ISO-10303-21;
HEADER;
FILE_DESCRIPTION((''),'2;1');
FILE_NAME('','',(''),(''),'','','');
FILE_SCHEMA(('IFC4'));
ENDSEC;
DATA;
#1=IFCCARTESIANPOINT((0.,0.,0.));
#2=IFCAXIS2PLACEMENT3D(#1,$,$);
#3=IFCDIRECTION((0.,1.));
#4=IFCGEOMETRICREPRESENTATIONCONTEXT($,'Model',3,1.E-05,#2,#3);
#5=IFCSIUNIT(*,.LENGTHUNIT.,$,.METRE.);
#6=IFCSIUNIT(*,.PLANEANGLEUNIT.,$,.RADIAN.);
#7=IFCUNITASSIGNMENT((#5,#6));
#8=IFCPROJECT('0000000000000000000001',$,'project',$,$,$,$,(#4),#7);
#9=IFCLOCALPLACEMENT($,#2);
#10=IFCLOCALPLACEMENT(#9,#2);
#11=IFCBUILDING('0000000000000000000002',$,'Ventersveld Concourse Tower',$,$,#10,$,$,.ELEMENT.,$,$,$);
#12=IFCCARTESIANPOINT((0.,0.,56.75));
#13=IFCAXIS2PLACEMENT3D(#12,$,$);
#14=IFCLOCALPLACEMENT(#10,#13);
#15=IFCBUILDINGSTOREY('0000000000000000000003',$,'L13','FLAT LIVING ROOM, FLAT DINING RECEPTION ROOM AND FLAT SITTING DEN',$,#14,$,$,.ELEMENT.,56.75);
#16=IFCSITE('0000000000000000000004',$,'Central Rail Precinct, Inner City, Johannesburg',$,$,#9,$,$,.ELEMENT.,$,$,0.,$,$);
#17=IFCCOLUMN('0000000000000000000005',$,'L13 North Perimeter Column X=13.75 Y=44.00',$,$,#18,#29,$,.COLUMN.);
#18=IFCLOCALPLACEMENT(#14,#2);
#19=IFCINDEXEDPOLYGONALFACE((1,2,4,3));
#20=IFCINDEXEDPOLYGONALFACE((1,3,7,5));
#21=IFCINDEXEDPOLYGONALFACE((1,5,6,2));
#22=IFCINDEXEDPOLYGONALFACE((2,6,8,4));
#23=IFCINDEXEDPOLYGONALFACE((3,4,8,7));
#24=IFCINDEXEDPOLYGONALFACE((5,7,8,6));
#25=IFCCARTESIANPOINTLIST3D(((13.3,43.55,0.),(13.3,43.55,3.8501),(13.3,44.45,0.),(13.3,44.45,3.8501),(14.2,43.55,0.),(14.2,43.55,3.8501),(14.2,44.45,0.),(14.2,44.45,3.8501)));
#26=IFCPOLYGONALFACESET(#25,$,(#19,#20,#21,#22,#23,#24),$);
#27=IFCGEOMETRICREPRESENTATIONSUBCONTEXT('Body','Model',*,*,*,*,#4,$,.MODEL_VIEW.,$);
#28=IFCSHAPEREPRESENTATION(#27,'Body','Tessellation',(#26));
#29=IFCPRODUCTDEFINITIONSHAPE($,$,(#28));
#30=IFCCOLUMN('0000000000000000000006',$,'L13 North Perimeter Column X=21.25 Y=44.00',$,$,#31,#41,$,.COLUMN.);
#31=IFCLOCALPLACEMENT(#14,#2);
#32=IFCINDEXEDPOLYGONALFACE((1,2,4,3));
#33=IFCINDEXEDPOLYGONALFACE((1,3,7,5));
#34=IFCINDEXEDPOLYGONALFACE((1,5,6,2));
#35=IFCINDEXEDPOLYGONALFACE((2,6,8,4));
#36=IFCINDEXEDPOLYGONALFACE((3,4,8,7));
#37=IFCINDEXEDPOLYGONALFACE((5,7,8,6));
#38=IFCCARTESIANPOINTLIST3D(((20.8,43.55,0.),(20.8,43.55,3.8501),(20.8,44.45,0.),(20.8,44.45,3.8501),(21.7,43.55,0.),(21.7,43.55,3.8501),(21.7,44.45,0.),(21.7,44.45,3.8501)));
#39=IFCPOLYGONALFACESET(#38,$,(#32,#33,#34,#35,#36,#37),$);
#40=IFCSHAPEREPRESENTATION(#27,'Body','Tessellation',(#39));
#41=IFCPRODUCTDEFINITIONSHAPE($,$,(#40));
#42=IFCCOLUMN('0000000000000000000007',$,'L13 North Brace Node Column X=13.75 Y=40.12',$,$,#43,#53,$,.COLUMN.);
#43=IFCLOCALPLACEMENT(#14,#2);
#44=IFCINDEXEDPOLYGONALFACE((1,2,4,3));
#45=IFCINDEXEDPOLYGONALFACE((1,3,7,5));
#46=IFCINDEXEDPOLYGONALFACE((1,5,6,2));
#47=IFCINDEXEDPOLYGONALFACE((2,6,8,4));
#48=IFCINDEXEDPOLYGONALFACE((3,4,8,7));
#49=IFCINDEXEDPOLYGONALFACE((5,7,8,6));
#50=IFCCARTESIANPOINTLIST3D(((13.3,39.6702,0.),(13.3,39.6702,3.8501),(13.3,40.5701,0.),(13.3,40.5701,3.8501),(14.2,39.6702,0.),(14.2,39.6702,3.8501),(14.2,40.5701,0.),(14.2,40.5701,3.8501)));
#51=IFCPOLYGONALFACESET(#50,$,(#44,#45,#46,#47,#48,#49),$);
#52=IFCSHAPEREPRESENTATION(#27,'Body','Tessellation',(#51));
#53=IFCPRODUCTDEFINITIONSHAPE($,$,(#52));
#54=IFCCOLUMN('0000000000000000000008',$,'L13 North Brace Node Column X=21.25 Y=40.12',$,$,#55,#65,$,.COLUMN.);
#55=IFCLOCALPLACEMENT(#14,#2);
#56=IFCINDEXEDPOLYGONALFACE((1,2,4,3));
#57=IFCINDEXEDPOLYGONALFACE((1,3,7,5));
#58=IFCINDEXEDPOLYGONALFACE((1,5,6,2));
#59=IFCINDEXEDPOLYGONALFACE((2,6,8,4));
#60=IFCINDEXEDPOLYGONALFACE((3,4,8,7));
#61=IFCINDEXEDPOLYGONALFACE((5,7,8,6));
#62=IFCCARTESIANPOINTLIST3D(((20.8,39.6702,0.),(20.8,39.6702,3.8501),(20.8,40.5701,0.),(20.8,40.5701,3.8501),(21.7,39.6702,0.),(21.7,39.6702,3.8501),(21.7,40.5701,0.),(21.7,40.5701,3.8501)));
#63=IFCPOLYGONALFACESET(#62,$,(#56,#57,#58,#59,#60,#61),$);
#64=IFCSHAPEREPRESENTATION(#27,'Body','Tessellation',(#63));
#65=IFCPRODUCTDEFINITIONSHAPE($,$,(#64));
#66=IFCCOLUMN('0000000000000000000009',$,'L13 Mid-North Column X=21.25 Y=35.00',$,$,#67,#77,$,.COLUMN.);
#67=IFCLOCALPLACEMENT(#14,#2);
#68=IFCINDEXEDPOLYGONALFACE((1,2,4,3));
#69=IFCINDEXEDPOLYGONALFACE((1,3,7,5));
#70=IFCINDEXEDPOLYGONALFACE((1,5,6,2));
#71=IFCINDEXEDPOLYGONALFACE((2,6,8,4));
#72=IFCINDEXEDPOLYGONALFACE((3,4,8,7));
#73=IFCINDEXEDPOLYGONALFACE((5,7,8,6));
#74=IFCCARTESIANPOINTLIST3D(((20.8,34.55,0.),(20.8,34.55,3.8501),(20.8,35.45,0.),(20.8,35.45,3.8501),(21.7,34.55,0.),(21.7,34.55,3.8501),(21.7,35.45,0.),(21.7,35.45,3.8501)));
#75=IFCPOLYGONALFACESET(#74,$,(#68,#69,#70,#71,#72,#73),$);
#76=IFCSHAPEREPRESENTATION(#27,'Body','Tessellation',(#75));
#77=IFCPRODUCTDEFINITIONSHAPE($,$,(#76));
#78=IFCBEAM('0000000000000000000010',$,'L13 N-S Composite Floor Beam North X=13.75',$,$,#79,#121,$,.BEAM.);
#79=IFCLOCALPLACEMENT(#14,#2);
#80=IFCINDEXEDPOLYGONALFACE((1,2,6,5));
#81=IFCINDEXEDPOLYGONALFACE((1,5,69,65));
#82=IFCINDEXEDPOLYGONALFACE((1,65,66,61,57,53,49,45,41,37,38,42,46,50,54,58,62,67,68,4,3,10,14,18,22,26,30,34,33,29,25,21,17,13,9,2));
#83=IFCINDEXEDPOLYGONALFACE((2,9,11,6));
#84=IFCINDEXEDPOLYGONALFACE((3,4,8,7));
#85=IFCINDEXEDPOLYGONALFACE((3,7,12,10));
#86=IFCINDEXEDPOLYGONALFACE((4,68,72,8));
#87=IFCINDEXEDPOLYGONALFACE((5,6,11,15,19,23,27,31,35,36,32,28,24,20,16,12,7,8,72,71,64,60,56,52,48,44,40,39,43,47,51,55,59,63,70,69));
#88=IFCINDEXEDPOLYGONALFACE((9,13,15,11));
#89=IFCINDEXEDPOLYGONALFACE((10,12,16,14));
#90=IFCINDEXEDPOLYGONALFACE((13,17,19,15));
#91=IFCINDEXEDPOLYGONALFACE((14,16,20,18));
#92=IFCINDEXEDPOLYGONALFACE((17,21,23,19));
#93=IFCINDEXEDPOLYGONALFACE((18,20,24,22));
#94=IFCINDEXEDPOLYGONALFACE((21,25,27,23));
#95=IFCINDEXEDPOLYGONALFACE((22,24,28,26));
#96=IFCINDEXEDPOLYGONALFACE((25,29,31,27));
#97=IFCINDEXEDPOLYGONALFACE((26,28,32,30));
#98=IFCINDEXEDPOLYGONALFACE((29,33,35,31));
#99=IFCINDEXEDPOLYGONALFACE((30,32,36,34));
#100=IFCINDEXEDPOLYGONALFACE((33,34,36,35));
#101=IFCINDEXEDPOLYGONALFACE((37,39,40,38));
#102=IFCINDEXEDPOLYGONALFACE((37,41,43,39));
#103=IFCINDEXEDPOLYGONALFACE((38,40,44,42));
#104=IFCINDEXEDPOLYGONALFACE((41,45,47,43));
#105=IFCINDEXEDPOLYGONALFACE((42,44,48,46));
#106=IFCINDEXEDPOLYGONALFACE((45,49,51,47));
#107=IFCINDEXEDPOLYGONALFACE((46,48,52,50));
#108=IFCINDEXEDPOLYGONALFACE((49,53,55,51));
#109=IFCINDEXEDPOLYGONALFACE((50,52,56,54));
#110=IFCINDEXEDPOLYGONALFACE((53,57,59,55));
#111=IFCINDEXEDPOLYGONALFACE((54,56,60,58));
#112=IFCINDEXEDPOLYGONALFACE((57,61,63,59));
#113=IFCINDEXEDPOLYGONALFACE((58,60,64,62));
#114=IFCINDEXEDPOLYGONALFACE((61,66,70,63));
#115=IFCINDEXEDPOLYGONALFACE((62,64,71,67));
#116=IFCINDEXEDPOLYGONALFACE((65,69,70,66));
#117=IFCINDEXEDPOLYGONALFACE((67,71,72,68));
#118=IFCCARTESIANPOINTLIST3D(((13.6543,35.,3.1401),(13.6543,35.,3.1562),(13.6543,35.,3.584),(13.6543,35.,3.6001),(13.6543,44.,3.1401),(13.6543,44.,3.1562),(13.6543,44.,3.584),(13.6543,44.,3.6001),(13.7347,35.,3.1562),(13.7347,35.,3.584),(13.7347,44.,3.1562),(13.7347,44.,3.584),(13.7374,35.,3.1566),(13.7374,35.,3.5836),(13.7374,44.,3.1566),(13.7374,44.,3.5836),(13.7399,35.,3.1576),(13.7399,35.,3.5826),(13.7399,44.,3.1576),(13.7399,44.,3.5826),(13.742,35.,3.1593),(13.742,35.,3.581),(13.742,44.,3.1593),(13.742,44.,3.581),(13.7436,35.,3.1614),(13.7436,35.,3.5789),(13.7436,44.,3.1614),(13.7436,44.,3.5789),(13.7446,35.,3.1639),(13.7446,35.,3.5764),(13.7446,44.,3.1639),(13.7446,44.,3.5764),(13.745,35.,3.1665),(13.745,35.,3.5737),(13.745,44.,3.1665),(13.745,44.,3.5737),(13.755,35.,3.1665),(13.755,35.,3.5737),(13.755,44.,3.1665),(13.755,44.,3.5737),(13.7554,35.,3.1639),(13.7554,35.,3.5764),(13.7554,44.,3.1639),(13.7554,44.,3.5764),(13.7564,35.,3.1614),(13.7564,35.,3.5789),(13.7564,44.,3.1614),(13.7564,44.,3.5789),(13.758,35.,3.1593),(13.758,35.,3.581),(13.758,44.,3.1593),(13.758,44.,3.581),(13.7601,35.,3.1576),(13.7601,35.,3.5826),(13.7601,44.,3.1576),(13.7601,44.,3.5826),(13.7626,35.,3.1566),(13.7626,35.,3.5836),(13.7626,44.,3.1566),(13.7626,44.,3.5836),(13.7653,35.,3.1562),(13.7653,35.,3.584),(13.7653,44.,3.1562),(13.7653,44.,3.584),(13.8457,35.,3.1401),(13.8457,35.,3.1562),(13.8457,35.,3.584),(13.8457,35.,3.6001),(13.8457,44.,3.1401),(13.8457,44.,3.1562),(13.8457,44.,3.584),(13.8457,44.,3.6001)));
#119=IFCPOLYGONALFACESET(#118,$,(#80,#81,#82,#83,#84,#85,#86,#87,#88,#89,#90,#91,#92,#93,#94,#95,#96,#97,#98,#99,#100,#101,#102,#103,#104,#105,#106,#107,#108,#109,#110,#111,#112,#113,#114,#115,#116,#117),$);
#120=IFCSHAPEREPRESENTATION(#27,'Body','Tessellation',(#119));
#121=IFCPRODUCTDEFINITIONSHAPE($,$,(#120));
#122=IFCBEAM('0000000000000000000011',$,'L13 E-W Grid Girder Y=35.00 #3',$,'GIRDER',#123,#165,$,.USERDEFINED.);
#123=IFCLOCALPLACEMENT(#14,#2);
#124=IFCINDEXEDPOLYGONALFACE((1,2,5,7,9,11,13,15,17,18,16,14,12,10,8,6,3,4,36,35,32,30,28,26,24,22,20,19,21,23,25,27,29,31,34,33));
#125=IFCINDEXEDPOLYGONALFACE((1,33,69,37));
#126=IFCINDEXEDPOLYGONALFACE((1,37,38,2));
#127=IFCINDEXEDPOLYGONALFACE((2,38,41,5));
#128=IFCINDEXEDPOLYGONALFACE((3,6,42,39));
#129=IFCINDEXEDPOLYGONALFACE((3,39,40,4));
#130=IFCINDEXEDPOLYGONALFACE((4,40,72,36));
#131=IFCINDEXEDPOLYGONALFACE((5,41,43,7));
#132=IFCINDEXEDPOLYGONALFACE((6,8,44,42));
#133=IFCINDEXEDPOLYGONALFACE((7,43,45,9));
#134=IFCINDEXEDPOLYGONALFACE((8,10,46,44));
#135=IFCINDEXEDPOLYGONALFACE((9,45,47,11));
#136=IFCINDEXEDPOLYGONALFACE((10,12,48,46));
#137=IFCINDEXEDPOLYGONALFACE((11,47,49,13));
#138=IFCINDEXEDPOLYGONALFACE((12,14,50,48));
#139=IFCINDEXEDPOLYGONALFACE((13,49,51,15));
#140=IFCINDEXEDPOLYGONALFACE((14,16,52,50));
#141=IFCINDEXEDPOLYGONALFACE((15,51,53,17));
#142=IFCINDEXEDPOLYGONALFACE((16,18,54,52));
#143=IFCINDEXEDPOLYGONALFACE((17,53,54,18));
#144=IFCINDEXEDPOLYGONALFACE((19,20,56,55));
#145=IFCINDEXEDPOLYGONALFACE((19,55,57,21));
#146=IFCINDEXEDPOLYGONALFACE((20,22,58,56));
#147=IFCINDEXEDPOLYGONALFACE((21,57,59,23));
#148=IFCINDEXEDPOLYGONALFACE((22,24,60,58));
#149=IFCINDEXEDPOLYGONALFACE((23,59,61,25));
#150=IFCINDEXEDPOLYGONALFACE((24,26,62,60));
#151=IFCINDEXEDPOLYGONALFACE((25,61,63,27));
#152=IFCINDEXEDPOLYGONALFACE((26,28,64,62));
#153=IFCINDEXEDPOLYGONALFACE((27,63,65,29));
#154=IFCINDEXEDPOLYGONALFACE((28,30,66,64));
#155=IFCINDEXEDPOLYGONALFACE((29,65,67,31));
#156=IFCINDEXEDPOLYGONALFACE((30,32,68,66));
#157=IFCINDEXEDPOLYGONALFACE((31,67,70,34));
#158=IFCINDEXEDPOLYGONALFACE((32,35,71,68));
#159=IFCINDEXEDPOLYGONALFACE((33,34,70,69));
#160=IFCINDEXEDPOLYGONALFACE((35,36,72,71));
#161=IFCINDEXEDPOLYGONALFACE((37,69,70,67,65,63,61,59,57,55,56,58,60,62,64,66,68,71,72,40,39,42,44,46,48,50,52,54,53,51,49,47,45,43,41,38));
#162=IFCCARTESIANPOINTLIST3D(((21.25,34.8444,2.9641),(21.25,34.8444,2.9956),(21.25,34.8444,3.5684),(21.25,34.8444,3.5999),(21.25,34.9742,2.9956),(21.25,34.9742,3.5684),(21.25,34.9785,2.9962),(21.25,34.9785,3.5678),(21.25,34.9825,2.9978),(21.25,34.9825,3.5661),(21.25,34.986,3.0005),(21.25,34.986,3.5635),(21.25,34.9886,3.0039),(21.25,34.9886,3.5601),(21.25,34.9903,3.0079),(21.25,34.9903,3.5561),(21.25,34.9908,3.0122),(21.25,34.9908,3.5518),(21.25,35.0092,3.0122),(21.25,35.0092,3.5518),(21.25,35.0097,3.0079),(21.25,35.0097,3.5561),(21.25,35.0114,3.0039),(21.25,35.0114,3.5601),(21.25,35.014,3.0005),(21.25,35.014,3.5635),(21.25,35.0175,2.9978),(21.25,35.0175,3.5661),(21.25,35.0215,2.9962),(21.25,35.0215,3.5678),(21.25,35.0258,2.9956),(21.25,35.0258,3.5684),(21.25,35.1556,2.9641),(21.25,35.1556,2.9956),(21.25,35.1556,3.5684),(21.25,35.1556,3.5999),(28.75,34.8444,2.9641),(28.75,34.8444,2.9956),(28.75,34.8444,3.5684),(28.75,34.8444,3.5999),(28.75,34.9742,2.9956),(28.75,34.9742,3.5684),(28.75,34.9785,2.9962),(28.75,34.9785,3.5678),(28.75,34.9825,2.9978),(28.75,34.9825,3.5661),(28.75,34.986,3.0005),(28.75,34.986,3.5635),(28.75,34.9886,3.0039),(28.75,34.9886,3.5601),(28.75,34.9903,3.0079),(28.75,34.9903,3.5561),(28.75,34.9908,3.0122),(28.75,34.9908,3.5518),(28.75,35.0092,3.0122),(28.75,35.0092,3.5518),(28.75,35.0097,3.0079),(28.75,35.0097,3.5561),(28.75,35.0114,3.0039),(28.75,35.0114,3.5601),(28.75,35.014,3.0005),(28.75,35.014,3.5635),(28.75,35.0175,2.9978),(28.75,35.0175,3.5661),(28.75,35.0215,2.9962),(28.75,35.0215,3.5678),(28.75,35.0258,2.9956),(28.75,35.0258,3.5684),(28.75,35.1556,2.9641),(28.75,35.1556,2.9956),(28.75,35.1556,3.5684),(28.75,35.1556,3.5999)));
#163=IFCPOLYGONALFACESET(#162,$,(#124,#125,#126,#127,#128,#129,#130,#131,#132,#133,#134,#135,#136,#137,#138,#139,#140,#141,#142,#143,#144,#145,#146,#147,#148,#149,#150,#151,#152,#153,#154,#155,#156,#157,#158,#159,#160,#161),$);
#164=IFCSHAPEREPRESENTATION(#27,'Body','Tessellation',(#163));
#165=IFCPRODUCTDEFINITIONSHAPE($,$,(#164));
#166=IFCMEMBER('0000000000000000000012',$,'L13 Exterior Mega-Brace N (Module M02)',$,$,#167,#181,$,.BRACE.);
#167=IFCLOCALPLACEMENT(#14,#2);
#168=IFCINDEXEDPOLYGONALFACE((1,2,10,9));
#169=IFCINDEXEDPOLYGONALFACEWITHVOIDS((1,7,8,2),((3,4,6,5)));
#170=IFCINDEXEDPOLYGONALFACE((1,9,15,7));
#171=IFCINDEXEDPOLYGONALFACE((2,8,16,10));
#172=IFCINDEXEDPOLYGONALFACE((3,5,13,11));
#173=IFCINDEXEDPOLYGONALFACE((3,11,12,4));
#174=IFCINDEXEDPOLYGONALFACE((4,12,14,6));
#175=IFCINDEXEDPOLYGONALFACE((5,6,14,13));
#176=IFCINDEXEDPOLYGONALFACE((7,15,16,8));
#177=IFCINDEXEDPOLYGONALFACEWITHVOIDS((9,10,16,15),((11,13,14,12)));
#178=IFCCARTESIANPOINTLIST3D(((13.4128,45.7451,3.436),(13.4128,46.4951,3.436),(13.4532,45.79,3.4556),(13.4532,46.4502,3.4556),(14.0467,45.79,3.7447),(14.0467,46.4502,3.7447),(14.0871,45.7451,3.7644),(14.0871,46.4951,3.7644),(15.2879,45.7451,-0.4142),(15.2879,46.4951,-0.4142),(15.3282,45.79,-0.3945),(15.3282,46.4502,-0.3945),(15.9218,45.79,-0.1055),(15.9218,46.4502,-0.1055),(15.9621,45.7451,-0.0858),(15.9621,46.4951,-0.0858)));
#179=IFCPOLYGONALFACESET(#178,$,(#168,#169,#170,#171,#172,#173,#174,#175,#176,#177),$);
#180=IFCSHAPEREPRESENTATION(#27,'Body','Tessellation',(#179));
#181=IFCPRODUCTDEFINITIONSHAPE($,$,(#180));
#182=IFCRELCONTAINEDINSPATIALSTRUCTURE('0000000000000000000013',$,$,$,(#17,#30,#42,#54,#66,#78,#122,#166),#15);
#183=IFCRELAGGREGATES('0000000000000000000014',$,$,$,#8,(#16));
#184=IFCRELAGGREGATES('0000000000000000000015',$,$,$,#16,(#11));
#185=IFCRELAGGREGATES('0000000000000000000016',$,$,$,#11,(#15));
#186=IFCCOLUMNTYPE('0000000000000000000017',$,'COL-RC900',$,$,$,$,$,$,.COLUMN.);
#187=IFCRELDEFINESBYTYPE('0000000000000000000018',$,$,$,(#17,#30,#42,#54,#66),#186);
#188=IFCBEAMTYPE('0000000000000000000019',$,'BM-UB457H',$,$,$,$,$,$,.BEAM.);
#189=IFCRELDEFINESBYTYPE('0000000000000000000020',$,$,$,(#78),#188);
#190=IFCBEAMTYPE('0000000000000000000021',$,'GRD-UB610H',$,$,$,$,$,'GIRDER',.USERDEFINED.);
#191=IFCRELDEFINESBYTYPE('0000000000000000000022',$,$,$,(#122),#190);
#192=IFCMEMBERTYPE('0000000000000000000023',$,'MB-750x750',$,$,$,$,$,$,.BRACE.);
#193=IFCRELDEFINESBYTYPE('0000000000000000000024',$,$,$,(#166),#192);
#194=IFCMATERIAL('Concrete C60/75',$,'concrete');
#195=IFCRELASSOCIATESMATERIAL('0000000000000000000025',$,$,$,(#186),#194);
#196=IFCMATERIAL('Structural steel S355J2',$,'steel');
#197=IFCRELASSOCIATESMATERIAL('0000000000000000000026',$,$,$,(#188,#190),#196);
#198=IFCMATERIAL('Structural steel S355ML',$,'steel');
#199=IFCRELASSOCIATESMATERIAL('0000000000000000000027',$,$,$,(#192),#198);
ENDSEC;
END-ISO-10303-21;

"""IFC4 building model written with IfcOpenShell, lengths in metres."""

from ifc_helpers import new_model, si_unit, direction, frame, origin, origin_2d, place, context, subcontext, project, spatial, rectangle, hollow_rectangle, i_section, extrude, material, material_profile, profile_set, type_object, element, save


model = new_model("IFC4")

# Units and contexts
model_context = context("Model", 3, precision=1e-05, world=origin(), true_north=direction((0.0, 1.0)))
body_context = subcontext(model_context, "Body", "Model", "MODEL_VIEW")
ifc_project = project(units=[si_unit("LENGTHUNIT", "METRE"), si_unit("PLANEANGLEUNIT", "RADIAN")], contexts=[model_context])

# Site, building, storey
site_placement = place(None, origin())
site = spatial("IfcSite", under=ifc_project, at=site_placement, Name="Central Rail Precinct, Inner City, Johannesburg", CompositionType="ELEMENT", RefElevation=0.0)
building_placement = place(site_placement, origin())
building = spatial("IfcBuilding", under=site, at=building_placement, Name="Ventersveld Concourse Tower", CompositionType="ELEMENT")
storey_placement = place(building_placement, frame((0.0, 0.0, 56.75)))
storey = spatial("IfcBuildingStorey", under=building, at=storey_placement, Name="L13", Description="FLAT LIVING ROOM, FLAT DINING RECEPTION ROOM AND FLAT SITTING DEN", CompositionType="ELEMENT", Elevation=56.75)

# Columns
ifc_material_1 = material(Name="Concrete C60/75", Category="concrete")
ifc_material_profile_1 = material_profile(ifc_material_1, rectangle(XDim=0.8999, YDim=0.8999, at=origin_2d()), Name="RC 900x900")
ifc_profile_set_1 = profile_set([ifc_material_profile_1], Name="Concrete C60/75")
column_type = type_object("IfcColumnType", Name="COL-RC900", PredefinedType="COLUMN", material=ifc_profile_set_1)
for number, where, z_axis, x_axis, name in (
    (1, (13.75, 44.0, 0.0), (0.0, 0.0, 1.0), (1.0, 0.0, 0.0), "L13 North Perimeter Column X=13.75 Y=44.00"),
    (2, (21.25, 44.0, 0.0), (0.0, 0.0, 1.0), (1.0, 0.0, 0.0), "L13 North Perimeter Column X=21.25 Y=44.00"),
    (3, (13.75, 40.1201, 0.0), (0.0, 0.0, 1.0), (1.0, 0.0, 0.0), "L13 North Brace Node Column X=13.75 Y=40.12"),
    (4, (21.25, 40.1201, 0.0), (0.0, 0.0, 1.0), (1.0, 0.0, 0.0), "L13 North Brace Node Column X=21.25 Y=40.12"),
    (5, (21.25, 35.0, 0.0), (0.0, 0.0, 1.0), (1.0, 0.0, 0.0), "L13 Mid-North Column X=21.25 Y=35.00"),
):
    element("IfcColumn", number, at=place(storey_placement, frame(where, z_axis=z_axis, x_axis=x_axis)), inside=storey, type_object=column_type, Name=name, PredefinedType="COLUMN", context=body_context, shape_type="SweptSolid", body=[
        extrude(rectangle(XDim=0.8999, YDim=0.8999, at=origin_2d()), origin(), (0.0, 0.0, 1.0), 3.8501),
    ])

# Beams
ifc_material_2 = material(Name="Structural steel S355J2", Category="steel")
ifc_material_profile_2 = material_profile(ifc_material_2, i_section(OverallWidth=0.1914, OverallDepth=0.46, WebThickness=0.01, FlangeThickness=0.0161, FilletRadius=0.0103, at=origin_2d()), Name="UB 457x191x82")
ifc_profile_set_2 = profile_set([ifc_material_profile_2], Name="Structural steel S355J2")
beam_type_1 = type_object("IfcBeamType", Name="BM-UB457H", PredefinedType="BEAM", material=ifc_profile_set_2)
beam_1_placement = place(storey_placement, frame((13.75, 35.0, 3.3701), z_axis=(0.0, 1.0, 0.0), x_axis=(-1.0, 0.0, 0.0)))
element("IfcBeam", 6, at=beam_1_placement, inside=storey, type_object=beam_type_1, Name="L13 N-S Composite Floor Beam North X=13.75", PredefinedType="BEAM", context=body_context, shape_type="SweptSolid", body=[
    extrude(i_section(OverallWidth=0.1914, OverallDepth=0.46, WebThickness=0.01, FlangeThickness=0.0161, FilletRadius=0.0103, at=origin_2d()), origin(), (0.0, 0.0, 1.0), 9.0),
])
ifc_material_profile_3 = material_profile(ifc_material_2, i_section(OverallWidth=0.3113, OverallDepth=0.6357, WebThickness=0.0183, FlangeThickness=0.0315, FilletRadius=0.0166, at=origin_2d()), Name="UB 610x305x238")
ifc_profile_set_3 = profile_set([ifc_material_profile_3], Name="Structural steel S355J2")
beam_type_2 = type_object("IfcBeamType", Name="GRD-UB610H", ElementType="GIRDER", PredefinedType="USERDEFINED", material=ifc_profile_set_3)
beam_2_placement = place(storey_placement, frame((21.25, 35.0, 3.282), z_axis=(1.0, 0.0, 0.0), x_axis=(0.0, 1.0, 0.0)))
element("IfcBeam", 7, at=beam_2_placement, inside=storey, type_object=beam_type_2, Name="L13 E-W Grid Girder Y=35.00 #3", ObjectType="GIRDER", PredefinedType="USERDEFINED", context=body_context, shape_type="SweptSolid", body=[
    extrude(i_section(OverallWidth=0.3113, OverallDepth=0.6357, WebThickness=0.0183, FlangeThickness=0.0315, FilletRadius=0.0166, at=origin_2d()), origin(), (0.0, 0.0, 1.0), 7.5),
])

# Member
ifc_material_3 = material(Name="Structural steel S355ML", Category="steel")
ifc_material_profile_4 = material_profile(ifc_material_3, hollow_rectangle(XDim=0.75, YDim=0.75, WallThickness=0.0449, at=origin_2d()), Name="BOX 750x750x45")
ifc_profile_set_4 = profile_set([ifc_material_profile_4], Name="Structural steel S355ML")
member_type = type_object("IfcMemberType", Name="MB-750x750", PredefinedType="BRACE", material=ifc_profile_set_4)
member_placement = place(storey_placement, frame((15.625, 46.1201, -0.25), z_axis=(-0.437839, 0.0, 0.899053), x_axis=(0.0, -1.0, 0.0)))
element("IfcMember", 8, at=member_placement, inside=storey, type_object=member_type, Name="L13 Exterior Mega-Brace N (Module M02)", PredefinedType="BRACE", context=body_context, shape_type="SweptSolid", body=[
    extrude(hollow_rectangle(XDim=0.75, YDim=0.75, WallThickness=0.0449, at=origin_2d()), origin(), (0.0, 0.0, 1.0), 4.2825),
])

save(model, "model.ifc")
